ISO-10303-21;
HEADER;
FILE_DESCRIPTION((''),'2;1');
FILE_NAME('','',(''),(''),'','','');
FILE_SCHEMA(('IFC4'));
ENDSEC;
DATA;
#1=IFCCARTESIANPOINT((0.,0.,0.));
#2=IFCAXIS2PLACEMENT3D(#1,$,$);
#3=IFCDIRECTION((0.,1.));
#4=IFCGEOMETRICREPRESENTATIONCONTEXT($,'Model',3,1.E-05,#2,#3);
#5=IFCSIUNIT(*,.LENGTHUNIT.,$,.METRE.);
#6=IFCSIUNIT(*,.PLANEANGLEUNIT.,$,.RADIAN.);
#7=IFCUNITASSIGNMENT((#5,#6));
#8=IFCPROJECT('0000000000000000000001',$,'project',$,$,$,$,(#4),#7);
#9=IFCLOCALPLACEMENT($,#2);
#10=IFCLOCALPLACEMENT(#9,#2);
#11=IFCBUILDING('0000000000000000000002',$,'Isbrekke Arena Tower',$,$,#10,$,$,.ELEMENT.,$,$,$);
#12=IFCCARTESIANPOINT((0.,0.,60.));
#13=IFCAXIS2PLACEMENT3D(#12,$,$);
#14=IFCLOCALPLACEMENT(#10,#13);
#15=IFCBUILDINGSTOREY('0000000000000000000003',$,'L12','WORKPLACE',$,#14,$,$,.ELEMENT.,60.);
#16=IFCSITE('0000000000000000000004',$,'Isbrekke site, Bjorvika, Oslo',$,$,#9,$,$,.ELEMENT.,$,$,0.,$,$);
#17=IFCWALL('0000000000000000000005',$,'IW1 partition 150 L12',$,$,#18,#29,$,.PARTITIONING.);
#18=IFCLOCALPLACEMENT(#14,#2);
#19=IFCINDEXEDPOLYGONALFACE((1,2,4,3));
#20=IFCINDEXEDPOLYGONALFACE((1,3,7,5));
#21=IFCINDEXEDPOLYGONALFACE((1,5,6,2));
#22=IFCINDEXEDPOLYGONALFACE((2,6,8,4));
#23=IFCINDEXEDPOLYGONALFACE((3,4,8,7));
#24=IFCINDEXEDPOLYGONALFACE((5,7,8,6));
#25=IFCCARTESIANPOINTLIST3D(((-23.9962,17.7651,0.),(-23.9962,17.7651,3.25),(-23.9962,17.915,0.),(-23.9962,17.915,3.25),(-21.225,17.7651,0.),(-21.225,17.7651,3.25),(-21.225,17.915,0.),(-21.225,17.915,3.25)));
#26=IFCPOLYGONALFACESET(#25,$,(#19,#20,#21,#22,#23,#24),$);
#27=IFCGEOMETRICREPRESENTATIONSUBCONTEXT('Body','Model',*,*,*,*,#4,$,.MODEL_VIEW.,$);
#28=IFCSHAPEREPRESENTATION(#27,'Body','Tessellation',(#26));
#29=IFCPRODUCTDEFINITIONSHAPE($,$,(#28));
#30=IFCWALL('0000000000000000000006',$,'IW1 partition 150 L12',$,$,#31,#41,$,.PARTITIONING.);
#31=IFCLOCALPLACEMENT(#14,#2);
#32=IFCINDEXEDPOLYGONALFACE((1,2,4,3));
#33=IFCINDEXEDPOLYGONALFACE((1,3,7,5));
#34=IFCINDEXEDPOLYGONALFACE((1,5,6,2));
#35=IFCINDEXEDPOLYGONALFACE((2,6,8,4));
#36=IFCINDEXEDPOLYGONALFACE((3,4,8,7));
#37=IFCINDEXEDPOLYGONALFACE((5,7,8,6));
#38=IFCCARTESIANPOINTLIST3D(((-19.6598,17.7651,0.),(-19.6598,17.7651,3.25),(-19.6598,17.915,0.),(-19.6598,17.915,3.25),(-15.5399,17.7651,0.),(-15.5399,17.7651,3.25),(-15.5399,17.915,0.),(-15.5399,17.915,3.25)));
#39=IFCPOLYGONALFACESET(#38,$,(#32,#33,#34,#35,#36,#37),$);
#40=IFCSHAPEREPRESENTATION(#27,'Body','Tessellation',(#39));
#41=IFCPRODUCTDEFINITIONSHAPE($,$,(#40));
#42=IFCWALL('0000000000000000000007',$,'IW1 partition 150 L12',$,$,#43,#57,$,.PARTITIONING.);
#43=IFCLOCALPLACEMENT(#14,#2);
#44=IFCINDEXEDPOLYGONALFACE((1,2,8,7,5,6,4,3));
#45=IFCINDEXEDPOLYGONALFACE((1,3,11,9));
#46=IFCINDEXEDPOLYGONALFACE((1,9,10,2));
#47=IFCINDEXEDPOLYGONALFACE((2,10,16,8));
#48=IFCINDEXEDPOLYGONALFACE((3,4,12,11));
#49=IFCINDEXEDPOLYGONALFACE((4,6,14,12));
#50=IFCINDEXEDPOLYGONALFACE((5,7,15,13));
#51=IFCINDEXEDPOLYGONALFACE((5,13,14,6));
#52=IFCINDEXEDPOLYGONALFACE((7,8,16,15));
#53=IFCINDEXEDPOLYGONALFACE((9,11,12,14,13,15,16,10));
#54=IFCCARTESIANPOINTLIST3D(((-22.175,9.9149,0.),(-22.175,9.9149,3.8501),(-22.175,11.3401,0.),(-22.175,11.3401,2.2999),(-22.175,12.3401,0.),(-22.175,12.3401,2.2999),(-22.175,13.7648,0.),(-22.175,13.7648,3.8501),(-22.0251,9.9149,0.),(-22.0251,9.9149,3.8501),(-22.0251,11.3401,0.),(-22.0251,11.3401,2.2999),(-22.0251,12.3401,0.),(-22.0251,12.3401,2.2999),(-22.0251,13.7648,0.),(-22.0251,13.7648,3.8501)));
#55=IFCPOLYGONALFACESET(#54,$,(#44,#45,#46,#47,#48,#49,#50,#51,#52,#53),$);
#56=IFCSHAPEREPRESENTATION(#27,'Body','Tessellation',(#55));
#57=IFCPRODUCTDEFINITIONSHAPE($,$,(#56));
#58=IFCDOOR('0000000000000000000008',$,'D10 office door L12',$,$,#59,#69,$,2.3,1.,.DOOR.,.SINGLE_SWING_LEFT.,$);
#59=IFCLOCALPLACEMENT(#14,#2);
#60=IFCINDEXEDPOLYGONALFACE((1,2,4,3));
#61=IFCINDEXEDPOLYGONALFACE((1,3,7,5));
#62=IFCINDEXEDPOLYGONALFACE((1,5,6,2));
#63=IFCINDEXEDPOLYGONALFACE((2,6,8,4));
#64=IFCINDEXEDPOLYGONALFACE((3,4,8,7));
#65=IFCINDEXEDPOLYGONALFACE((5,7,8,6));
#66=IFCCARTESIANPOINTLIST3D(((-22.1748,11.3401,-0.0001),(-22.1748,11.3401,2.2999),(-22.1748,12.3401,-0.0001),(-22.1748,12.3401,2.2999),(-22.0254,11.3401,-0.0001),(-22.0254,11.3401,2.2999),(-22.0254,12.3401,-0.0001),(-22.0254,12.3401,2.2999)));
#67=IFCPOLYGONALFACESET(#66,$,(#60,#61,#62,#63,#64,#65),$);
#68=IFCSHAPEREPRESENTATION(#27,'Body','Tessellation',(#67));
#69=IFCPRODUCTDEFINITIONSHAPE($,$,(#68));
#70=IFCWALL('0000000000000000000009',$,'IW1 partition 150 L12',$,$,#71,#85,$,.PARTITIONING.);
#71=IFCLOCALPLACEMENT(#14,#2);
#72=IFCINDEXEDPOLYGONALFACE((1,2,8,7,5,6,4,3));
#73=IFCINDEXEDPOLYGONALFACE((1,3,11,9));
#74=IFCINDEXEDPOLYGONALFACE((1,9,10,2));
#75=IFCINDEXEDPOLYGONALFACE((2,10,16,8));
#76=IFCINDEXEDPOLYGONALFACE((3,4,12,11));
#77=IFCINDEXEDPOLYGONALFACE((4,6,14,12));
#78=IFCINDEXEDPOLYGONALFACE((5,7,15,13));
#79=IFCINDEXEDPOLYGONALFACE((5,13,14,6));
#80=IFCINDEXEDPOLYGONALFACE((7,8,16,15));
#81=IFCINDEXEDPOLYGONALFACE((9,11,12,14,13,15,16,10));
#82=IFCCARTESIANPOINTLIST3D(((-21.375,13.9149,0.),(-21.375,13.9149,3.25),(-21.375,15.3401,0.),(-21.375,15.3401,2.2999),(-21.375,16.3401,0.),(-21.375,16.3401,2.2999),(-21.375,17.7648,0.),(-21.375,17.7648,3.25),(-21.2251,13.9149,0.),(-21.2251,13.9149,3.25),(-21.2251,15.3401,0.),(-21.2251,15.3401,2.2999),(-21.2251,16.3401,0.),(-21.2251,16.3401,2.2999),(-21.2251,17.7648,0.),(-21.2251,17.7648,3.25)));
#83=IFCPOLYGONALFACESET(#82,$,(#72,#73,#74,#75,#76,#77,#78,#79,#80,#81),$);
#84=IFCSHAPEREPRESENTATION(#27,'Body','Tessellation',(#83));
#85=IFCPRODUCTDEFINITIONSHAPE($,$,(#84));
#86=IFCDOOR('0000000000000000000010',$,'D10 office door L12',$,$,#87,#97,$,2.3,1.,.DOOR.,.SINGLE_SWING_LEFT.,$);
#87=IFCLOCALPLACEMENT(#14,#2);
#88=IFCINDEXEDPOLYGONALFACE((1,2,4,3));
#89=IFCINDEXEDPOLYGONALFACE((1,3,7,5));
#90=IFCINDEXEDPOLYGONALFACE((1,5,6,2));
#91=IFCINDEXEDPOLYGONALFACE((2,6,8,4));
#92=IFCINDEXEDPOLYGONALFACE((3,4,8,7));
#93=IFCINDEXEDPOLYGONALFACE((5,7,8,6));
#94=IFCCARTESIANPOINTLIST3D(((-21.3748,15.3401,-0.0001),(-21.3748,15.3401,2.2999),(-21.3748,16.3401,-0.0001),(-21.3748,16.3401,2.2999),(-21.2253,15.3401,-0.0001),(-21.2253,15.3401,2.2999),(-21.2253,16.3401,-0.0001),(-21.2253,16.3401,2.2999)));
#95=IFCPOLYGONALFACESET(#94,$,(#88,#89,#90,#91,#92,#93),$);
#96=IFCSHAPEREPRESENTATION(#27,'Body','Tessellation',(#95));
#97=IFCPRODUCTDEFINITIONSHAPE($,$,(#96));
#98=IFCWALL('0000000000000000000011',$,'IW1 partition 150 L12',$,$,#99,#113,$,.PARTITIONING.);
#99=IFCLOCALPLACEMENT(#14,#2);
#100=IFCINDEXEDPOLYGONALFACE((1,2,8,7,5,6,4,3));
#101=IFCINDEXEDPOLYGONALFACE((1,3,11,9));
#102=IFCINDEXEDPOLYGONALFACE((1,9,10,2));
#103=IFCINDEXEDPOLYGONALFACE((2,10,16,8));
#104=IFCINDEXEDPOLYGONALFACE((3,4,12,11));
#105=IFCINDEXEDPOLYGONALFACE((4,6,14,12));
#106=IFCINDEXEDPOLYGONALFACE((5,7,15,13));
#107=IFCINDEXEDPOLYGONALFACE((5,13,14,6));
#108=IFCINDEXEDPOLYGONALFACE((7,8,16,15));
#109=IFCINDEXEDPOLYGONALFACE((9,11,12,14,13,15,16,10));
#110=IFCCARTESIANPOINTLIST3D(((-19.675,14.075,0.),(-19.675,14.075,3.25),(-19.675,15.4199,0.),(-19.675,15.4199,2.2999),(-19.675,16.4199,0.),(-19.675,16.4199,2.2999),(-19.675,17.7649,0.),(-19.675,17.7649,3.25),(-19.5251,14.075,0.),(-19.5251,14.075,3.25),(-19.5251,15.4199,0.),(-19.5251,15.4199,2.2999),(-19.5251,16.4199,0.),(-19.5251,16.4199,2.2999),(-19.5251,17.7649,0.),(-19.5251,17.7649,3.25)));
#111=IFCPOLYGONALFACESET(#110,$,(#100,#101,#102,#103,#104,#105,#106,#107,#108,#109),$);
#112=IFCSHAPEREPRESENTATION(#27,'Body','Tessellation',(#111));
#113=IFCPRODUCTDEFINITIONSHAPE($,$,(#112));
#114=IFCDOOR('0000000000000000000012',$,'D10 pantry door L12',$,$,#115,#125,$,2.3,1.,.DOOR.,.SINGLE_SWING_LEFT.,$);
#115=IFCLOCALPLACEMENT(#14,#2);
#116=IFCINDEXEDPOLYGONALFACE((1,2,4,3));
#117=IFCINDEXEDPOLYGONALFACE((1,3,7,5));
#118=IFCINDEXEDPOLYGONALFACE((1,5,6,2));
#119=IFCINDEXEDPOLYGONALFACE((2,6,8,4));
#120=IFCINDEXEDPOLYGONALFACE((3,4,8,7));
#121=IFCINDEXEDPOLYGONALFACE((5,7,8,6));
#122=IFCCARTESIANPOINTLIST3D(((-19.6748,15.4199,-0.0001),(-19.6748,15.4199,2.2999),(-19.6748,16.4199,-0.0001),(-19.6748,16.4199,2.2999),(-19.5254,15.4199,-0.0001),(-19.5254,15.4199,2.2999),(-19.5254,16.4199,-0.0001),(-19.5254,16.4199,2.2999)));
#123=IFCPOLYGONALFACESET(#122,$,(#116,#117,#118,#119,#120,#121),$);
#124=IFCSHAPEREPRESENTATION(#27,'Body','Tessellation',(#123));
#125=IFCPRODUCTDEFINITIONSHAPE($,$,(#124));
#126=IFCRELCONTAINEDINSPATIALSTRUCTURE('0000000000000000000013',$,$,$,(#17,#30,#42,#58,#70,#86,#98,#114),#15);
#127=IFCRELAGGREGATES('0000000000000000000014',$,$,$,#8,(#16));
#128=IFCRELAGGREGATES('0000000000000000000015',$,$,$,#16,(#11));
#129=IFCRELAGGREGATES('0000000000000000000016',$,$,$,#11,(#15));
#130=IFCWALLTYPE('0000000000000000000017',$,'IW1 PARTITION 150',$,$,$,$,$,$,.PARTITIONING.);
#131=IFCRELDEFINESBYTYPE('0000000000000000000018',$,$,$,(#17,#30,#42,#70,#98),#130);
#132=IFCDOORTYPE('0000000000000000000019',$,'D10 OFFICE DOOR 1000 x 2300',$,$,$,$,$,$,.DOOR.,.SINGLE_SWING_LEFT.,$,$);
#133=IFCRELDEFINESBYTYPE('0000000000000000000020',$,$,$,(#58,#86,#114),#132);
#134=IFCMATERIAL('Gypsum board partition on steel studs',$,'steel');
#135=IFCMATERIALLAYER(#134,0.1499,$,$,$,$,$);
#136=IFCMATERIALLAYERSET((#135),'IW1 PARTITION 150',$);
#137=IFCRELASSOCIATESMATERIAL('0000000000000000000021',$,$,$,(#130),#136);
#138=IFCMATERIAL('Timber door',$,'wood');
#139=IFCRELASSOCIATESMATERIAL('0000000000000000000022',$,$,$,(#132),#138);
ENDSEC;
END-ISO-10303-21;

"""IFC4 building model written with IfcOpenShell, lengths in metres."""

from ifc_helpers import new_model, si_unit, direction, frame, frame_2d, origin, place, context, subcontext, project, spatial, rectangle, extrude, material, layer, layer_set, type_object, element, fill, save


model = new_model("IFC4")

# Units and contexts
model_context = context("Model", 3, precision=1e-05, world=origin(), true_north=direction((0.0, 1.0)))
body_context = subcontext(model_context, "Body", "Model", "MODEL_VIEW")
ifc_project = project(units=[si_unit("LENGTHUNIT", "METRE"), si_unit("PLANEANGLEUNIT", "RADIAN")], contexts=[model_context])

# Site, building, storey
site_placement = place(None, origin())
site = spatial("IfcSite", under=ifc_project, at=site_placement, Name="Isbrekke site, Bjorvika, Oslo", CompositionType="ELEMENT", RefElevation=0.0)
building_placement = place(site_placement, origin())
building = spatial("IfcBuilding", under=site, at=building_placement, Name="Isbrekke Arena Tower", CompositionType="ELEMENT")
storey_placement = place(building_placement, frame((0.0, 0.0, 60.0)))
storey = spatial("IfcBuildingStorey", under=building, at=storey_placement, Name="L12", Description="WORKPLACE", CompositionType="ELEMENT", Elevation=60.0)

# Walls
ifc_material_1 = material(Name="Gypsum board partition on steel studs", Category="steel")
ifc_layer_1 = layer(ifc_material_1, 0.1499)
ifc_layer_set_1 = layer_set([ifc_layer_1], Name="IW1 PARTITION 150")
wall_type_1 = type_object("IfcWallType", Name="IW1 PARTITION 150", PredefinedType="PARTITIONING", material=ifc_layer_set_1)
wall_1_placement = place(storey_placement, frame((-23.9963, 17.8401, 0.0), z_axis=(0.0, 0.0, 1.0), x_axis=(1.0, 0.0, 0.0)))
element("IfcWall", 1, at=wall_1_placement, inside=storey, type_object=wall_type_1, Name="IW1 partition 150 L12", PredefinedType="PARTITIONING", context=body_context, shape_type="SweptSolid", body=[
    extrude(rectangle(XDim=2.7712, YDim=0.1499, at=frame_2d((1.3857, 0.0))), origin(), (0.0, 0.0, 1.0), 3.25),
])
wall_2_placement = place(storey_placement, frame((-19.6599, 17.8401, 0.0), z_axis=(0.0, 0.0, 1.0), x_axis=(1.0, 0.0, 0.0)))
element("IfcWall", 2, at=wall_2_placement, inside=storey, type_object=wall_type_1, Name="IW1 partition 150 L12", PredefinedType="PARTITIONING", context=body_context, shape_type="SweptSolid", body=[
    extrude(rectangle(XDim=4.1199, YDim=0.1499, at=frame_2d((2.0601, 0.0))), origin(), (0.0, 0.0, 1.0), 3.25),
])

# Walls, openings, doors
wall_3_placement = place(storey_placement, frame((-22.1001, 9.915, 0.0), z_axis=(0.0, 0.0, 1.0), x_axis=(0.0, 1.0, 0.0)))
wall_3 = element("IfcWall", 3, at=wall_3_placement, inside=storey, type_object=wall_type_1, Name="IW1 partition 150 L12", PredefinedType="PARTITIONING", context=body_context, shape_type="SweptSolid", body=[
    extrude(rectangle(XDim=3.8499, YDim=0.1499, at=frame_2d((1.9248, 0.0))), origin(), (0.0, 0.0, 1.0), 3.8501),
])
opening_1_placement = place(wall_3_placement, frame((1.425, 0.0, 0.0)))
opening_1 = element("IfcOpeningElement", 4, at=opening_1_placement, cuts=wall_3, PredefinedType="OPENING", context=body_context, shape_type="SweptSolid", body=[
    extrude(rectangle(XDim=1.0, YDim=2.3, at=frame_2d((0.5, 1.1499))), frame((0.0, 0.0898, 0.0), z_axis=(0.0, -1.0, 0.0), x_axis=(1.0, 0.0, 0.0)), (0.0, 0.0, 1.0), 0.1797),
])
ifc_material_2 = material(Name="Timber door", Category="wood")
door_type_1 = type_object("IfcDoorType", Name="D10 OFFICE DOOR 1000 x 2300", OperationType="SINGLE_SWING_LEFT", PredefinedType="DOOR", material=ifc_material_2)
door_1_placement = place(opening_1_placement, origin())
door_1 = element("IfcDoor", 5, at=door_1_placement, inside=storey, type_object=door_type_1, Name="D10 office door L12", OperationType="SINGLE_SWING_LEFT", OverallHeight=2.3, OverallWidth=1.0, PredefinedType="DOOR", context=body_context, shape_type="SweptSolid", body=[
    extrude(rectangle(XDim=1.0, YDim=2.3, at=frame_2d((0.5, 1.1499))), frame((0.0, 0.0747, 0.0), z_axis=(0.0, -1.0, 0.0), x_axis=(1.0, 0.0, 0.0)), (0.0, 0.0, 1.0), 0.1494),
])
fill(opening_1, door_1)
wall_4_placement = place(storey_placement, frame((-21.3, 13.915, 0.0), z_axis=(0.0, 0.0, 1.0), x_axis=(0.0, 1.0, 0.0)))
wall_4 = element("IfcWall", 6, at=wall_4_placement, inside=storey, type_object=wall_type_1, Name="IW1 partition 150 L12", PredefinedType="PARTITIONING", context=body_context, shape_type="SweptSolid", body=[
    extrude(rectangle(XDim=3.8499, YDim=0.1499, at=frame_2d((1.9248, 0.0))), origin(), (0.0, 0.0, 1.0), 3.25),
])
opening_2_placement = place(wall_4_placement, frame((1.425, 0.0, 0.0)))
opening_2 = element("IfcOpeningElement", 7, at=opening_2_placement, cuts=wall_4, PredefinedType="OPENING", context=body_context, shape_type="SweptSolid", body=[
    extrude(rectangle(XDim=1.0, YDim=2.3, at=frame_2d((0.5, 1.1499))), frame((0.0, 0.0898, 0.0), z_axis=(0.0, -1.0, 0.0), x_axis=(1.0, 0.0, 0.0)), (0.0, 0.0, 1.0), 0.1797),
])
door_2_placement = place(opening_2_placement, origin())
door_2 = element("IfcDoor", 8, at=door_2_placement, inside=storey, type_object=door_type_1, Name="D10 office door L12", OperationType="SINGLE_SWING_LEFT", OverallHeight=2.3, OverallWidth=1.0, PredefinedType="DOOR", context=body_context, shape_type="SweptSolid", body=[
    extrude(rectangle(XDim=1.0, YDim=2.3, at=frame_2d((0.5, 1.1499))), frame((0.0, 0.0747, 0.0), z_axis=(0.0, -1.0, 0.0), x_axis=(1.0, 0.0, 0.0)), (0.0, 0.0, 1.0), 0.1494),
])
fill(opening_2, door_2)
wall_5_placement = place(storey_placement, frame((-19.6001, 14.075, 0.0), z_axis=(0.0, 0.0, 1.0), x_axis=(0.0, 1.0, 0.0)))
wall_5 = element("IfcWall", 9, at=wall_5_placement, inside=storey, type_object=wall_type_1, Name="IW1 partition 150 L12", PredefinedType="PARTITIONING", context=body_context, shape_type="SweptSolid", body=[
    extrude(rectangle(XDim=3.6899, YDim=0.1499, at=frame_2d((1.845, 0.0))), origin(), (0.0, 0.0, 1.0), 3.25),
])
opening_3_placement = place(wall_5_placement, frame((1.345, 0.0, 0.0)))
opening_3 = element("IfcOpeningElement", 10, at=opening_3_placement, cuts=wall_5, PredefinedType="OPENING", context=body_context, shape_type="SweptSolid", body=[
    extrude(rectangle(XDim=1.0, YDim=2.3, at=frame_2d((0.5, 1.1499))), frame((0.0, 0.0898, 0.0), z_axis=(0.0, -1.0, 0.0), x_axis=(1.0, 0.0, 0.0)), (0.0, 0.0, 1.0), 0.1797),
])
door_3_placement = place(opening_3_placement, origin())
door_3 = element("IfcDoor", 11, at=door_3_placement, inside=storey, type_object=door_type_1, Name="D10 pantry door L12", OperationType="SINGLE_SWING_LEFT", OverallHeight=2.3, OverallWidth=1.0, PredefinedType="DOOR", context=body_context, shape_type="SweptSolid", body=[
    extrude(rectangle(XDim=1.0, YDim=2.3, at=frame_2d((0.5, 1.1499))), frame((0.0, 0.0747, 0.0), z_axis=(0.0, -1.0, 0.0), x_axis=(1.0, 0.0, 0.0)), (0.0, 0.0, 1.0), 0.1494),
])
fill(opening_3, door_3)

save(model, "model.ifc")
